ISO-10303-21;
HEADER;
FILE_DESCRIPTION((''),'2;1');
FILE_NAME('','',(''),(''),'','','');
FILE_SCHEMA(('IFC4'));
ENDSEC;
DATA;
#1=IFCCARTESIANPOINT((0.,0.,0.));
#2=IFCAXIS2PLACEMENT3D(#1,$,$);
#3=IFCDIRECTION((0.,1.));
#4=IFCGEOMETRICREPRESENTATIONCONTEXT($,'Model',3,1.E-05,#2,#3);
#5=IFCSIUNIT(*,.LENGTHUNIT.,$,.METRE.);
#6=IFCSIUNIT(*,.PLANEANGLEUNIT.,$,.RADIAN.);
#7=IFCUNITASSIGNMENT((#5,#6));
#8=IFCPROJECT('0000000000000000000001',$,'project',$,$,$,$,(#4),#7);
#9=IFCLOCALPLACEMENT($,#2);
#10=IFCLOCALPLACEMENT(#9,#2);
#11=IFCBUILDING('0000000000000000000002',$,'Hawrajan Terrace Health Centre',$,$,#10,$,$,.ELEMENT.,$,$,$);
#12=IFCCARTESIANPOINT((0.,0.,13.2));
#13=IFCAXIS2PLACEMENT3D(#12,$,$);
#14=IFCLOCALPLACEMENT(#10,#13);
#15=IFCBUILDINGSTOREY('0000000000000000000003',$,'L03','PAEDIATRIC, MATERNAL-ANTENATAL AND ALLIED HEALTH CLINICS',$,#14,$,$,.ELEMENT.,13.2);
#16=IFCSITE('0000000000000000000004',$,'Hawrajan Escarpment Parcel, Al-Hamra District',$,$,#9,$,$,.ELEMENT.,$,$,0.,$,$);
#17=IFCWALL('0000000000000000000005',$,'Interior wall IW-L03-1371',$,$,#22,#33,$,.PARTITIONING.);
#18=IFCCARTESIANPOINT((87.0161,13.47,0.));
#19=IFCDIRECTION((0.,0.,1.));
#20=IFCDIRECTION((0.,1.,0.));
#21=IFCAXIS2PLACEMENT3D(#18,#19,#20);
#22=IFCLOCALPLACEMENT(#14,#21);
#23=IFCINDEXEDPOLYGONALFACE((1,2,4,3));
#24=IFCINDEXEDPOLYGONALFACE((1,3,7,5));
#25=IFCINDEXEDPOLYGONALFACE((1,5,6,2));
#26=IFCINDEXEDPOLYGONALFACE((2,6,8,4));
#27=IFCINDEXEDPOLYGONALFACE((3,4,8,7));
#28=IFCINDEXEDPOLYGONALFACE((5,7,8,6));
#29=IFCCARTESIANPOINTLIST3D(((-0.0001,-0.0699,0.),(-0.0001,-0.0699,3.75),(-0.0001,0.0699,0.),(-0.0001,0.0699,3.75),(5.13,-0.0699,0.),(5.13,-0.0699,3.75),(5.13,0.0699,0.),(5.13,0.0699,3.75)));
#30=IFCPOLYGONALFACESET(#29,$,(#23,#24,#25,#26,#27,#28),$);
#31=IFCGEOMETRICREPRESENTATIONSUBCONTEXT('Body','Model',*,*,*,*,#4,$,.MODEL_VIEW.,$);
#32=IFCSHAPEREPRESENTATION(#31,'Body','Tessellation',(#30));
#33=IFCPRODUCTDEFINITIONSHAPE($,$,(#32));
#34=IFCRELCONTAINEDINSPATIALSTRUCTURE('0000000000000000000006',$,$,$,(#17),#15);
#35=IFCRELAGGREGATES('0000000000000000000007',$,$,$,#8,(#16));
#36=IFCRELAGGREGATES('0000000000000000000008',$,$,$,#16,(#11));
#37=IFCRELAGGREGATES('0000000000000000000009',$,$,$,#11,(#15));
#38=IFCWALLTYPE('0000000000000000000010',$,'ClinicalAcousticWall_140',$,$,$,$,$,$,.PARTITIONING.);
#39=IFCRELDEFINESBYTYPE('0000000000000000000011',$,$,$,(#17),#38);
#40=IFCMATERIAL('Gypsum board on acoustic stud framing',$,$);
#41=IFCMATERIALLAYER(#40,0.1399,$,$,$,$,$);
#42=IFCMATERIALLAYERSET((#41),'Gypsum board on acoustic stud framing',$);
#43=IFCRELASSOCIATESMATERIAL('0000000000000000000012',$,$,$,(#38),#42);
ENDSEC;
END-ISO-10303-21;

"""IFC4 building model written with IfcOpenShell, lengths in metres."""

from ifc_helpers import new_model, si_unit, direction, frame, frame_2d, origin, place, context, subcontext, project, spatial, rectangle, extrude, material, layer, layer_set, type_object, element, save


model = new_model("IFC4")

# Units and contexts
model_context = context("Model", 3, precision=1e-05, world=origin(), true_north=direction((0.0, 1.0)))
body_context = subcontext(model_context, "Body", "Model", "MODEL_VIEW")
ifc_project = project(units=[si_unit("LENGTHUNIT", "METRE"), si_unit("PLANEANGLEUNIT", "RADIAN")], contexts=[model_context])

# Site, building, storey
site_placement = place(None, origin())
site = spatial("IfcSite", under=ifc_project, at=site_placement, Name="Hawrajan Escarpment Parcel, Al-Hamra District", CompositionType="ELEMENT", RefElevation=0.0)
building_placement = place(site_placement, origin())
building = spatial("IfcBuilding", under=site, at=building_placement, Name="Hawrajan Terrace Health Centre", CompositionType="ELEMENT")
storey_placement = place(building_placement, frame((0.0, 0.0, 13.2)))
storey = spatial("IfcBuildingStorey", under=building, at=storey_placement, Name="L03", Description="PAEDIATRIC, MATERNAL-ANTENATAL AND ALLIED HEALTH CLINICS", CompositionType="ELEMENT", Elevation=13.2)

# Wall
ifc_material_1 = material(Name="Gypsum board on acoustic stud framing")
ifc_layer_1 = layer(ifc_material_1, 0.1399)
ifc_layer_set_1 = layer_set([ifc_layer_1], Name="Gypsum board on acoustic stud framing")
wall_type = type_object("IfcWallType", Name="ClinicalAcousticWall_140", PredefinedType="PARTITIONING", material=ifc_layer_set_1)
wall_1_placement = place(storey_placement, frame((87.0161, 13.47, 0.0), z_axis=(0.0, 0.0, 1.0), x_axis=(0.0, 1.0, 0.0)))
element("IfcWall", 1, at=wall_1_placement, inside=storey, type_object=wall_type, Name="Interior wall IW-L03-1371", PredefinedType="PARTITIONING", context=body_context, shape_type="SweptSolid", body=[
    extrude(rectangle(XDim=5.1301, YDim=0.1399, at=frame_2d((2.5649, 0.0))), origin(), (0.0, 0.0, 1.0), 3.75),
])

save(model, "model.ifc")
